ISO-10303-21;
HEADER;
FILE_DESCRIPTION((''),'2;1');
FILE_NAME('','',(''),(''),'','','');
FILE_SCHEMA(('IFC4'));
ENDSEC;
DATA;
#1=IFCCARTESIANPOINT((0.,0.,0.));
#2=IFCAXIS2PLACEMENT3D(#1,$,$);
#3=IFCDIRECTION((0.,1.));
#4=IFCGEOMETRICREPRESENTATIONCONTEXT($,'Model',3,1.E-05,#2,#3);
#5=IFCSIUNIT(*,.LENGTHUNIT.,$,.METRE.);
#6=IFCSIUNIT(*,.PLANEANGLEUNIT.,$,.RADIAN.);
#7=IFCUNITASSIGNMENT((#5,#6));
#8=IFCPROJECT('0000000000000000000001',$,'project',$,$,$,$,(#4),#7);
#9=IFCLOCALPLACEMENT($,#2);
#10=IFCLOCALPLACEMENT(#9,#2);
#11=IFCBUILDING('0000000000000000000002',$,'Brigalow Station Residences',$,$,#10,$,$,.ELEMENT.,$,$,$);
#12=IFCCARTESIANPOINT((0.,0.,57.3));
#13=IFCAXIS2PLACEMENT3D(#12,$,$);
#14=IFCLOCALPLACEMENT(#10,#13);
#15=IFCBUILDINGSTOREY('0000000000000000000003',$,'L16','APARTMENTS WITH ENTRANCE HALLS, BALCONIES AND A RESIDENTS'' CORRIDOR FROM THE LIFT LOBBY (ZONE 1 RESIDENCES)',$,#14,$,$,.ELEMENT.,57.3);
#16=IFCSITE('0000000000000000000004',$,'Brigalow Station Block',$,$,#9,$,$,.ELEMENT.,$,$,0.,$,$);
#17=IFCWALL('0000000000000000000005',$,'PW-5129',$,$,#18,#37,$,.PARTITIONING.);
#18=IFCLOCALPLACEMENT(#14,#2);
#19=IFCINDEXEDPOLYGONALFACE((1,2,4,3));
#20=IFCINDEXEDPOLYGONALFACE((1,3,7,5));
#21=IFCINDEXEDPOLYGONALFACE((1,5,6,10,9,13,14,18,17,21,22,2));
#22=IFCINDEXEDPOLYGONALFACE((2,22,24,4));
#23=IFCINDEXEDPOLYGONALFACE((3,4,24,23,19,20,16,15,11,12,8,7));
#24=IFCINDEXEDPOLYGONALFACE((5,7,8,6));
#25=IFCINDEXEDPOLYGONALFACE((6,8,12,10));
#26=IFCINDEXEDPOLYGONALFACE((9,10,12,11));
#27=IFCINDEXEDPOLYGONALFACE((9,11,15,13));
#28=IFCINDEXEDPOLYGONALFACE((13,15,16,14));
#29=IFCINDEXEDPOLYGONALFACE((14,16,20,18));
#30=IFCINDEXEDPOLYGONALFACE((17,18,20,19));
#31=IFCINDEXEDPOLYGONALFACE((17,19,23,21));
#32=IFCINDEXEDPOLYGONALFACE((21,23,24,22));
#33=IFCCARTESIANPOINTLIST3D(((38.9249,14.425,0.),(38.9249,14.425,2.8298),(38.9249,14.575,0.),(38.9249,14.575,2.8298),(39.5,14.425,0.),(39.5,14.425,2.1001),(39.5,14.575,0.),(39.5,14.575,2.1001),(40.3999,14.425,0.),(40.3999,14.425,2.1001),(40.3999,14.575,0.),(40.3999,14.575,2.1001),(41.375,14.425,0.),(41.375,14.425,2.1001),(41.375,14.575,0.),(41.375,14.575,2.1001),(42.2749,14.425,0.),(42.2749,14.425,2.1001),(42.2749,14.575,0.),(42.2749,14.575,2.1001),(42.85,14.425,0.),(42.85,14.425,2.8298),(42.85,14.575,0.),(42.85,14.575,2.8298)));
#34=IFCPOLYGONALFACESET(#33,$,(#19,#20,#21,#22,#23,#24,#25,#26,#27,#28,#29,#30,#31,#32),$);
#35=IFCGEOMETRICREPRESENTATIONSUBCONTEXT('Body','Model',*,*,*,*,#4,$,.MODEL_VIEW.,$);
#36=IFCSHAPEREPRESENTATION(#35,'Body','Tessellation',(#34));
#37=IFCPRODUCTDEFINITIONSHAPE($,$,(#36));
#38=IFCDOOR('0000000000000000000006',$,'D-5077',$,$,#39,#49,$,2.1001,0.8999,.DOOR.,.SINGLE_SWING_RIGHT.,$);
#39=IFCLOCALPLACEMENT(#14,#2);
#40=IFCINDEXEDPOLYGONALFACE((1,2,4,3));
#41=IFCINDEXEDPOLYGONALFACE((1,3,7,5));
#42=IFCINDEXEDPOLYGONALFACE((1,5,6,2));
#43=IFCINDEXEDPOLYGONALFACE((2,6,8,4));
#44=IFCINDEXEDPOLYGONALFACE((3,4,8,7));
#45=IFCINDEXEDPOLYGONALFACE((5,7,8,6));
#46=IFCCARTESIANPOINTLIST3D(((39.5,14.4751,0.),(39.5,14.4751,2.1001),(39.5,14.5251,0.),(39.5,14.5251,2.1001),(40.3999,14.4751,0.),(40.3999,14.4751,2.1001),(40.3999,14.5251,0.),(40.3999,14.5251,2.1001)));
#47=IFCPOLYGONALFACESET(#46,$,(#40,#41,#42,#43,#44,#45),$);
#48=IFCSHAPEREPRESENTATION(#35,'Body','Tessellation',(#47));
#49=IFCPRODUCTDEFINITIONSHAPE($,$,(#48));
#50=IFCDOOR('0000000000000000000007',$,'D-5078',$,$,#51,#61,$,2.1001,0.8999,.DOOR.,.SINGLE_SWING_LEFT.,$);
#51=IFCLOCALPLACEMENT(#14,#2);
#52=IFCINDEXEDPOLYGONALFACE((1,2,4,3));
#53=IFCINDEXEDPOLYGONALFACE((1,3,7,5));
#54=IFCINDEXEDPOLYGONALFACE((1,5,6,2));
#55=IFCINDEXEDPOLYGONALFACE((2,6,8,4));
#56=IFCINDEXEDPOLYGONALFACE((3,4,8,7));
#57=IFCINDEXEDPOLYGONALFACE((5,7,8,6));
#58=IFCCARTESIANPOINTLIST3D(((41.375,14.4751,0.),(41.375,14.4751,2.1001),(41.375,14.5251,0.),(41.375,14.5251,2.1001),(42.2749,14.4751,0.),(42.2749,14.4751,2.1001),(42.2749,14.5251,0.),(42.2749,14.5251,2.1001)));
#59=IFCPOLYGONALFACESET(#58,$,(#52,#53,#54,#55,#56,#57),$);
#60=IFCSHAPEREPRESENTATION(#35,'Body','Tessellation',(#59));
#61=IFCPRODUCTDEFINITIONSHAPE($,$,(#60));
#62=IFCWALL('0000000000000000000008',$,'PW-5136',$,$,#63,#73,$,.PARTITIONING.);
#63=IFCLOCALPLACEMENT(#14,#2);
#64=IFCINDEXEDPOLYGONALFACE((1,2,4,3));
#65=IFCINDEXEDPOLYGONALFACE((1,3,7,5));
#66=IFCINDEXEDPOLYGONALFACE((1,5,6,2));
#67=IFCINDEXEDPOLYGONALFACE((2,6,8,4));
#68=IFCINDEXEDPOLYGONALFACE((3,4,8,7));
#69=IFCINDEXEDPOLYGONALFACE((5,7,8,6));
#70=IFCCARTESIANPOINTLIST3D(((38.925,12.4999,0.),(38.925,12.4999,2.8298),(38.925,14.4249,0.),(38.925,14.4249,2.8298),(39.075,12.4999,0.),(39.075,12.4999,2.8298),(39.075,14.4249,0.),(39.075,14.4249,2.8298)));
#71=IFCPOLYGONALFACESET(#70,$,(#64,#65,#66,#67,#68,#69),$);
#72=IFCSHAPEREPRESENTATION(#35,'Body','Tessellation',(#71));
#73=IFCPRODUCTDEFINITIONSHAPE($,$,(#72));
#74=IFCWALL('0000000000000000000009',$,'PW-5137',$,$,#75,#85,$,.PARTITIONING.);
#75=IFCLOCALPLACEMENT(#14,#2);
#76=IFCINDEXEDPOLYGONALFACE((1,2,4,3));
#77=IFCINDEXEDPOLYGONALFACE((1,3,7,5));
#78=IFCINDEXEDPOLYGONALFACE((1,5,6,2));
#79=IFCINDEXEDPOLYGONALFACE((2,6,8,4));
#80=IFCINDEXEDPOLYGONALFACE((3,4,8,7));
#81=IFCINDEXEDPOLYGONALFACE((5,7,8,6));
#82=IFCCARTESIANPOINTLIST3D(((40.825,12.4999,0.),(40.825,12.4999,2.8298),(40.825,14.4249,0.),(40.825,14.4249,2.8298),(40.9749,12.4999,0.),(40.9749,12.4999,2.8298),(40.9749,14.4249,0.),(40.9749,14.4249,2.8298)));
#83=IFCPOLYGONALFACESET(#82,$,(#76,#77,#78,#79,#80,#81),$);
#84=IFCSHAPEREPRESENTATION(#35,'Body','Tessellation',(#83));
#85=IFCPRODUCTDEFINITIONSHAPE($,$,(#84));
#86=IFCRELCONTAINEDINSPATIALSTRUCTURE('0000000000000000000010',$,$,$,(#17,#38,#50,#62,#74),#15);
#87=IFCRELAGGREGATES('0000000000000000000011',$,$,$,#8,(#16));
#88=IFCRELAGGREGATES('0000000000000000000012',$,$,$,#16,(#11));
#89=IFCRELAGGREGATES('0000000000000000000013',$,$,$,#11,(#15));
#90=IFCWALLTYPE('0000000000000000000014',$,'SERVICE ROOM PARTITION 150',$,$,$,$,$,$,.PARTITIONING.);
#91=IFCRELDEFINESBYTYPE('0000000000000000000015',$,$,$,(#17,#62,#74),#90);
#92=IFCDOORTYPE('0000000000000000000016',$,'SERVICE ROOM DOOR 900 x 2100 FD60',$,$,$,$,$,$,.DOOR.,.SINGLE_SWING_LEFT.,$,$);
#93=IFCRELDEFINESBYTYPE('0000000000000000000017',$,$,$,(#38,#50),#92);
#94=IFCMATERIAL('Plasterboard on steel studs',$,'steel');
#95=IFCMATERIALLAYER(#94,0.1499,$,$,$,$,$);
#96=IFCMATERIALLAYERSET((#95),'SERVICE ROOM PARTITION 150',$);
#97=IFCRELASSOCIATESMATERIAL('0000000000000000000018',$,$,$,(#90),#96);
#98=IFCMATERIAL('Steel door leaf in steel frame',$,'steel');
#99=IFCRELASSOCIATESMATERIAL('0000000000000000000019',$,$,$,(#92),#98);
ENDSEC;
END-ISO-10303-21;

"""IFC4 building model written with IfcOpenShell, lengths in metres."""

from ifc_helpers import new_model, si_unit, direction, frame, frame_2d, origin, place, context, subcontext, project, spatial, rectangle, extrude, material, layer, layer_set, type_object, element, fill, save


model = new_model("IFC4")

# Units and contexts
model_context = context("Model", 3, precision=1e-05, world=origin(), true_north=direction((0.0, 1.0)))
body_context = subcontext(model_context, "Body", "Model", "MODEL_VIEW")
ifc_project = project(units=[si_unit("LENGTHUNIT", "METRE"), si_unit("PLANEANGLEUNIT", "RADIAN")], contexts=[model_context])

# Site, building, storey
site_placement = place(None, origin())
site = spatial("IfcSite", under=ifc_project, at=site_placement, Name="Brigalow Station Block", CompositionType="ELEMENT", RefElevation=0.0)
building_placement = place(site_placement, origin())
building = spatial("IfcBuilding", under=site, at=building_placement, Name="Brigalow Station Residences", CompositionType="ELEMENT")
storey_placement = place(building_placement, frame((0.0, 0.0, 57.3)))
storey = spatial("IfcBuildingStorey", under=building, at=storey_placement, Name="L16", Description="APARTMENTS WITH ENTRANCE HALLS, BALCONIES AND A RESIDENTS' CORRIDOR FROM THE LIFT LOBBY (ZONE 1 RESIDENCES)", CompositionType="ELEMENT", Elevation=57.3)

# Wall, openings, doors
ifc_material_1 = material(Name="Plasterboard on steel studs", Category="steel")
ifc_layer_1 = layer(ifc_material_1, 0.1499)
ifc_layer_set_1 = layer_set([ifc_layer_1], Name="SERVICE ROOM PARTITION 150")
wall_type_1 = type_object("IfcWallType", Name="SERVICE ROOM PARTITION 150", PredefinedType="PARTITIONING", material=ifc_layer_set_1)
wall_1_placement = place(storey_placement, frame((38.925, 14.5, 0.0), z_axis=(0.0, 0.0, 1.0), x_axis=(1.0, 0.0, 0.0)))
wall_1 = element("IfcWall", 1, at=wall_1_placement, inside=storey, type_object=wall_type_1, Name="PW-5129", PredefinedType="PARTITIONING", context=body_context, shape_type="SweptSolid", body=[
    extrude(rectangle(XDim=3.925, YDim=0.1499, at=frame_2d((1.9624, 0.0))), origin(), (0.0, 0.0, 1.0), 2.8298),
])
opening_1_placement = place(wall_1_placement, frame((0.575, 0.0, 0.0)))
opening_1 = element("IfcOpeningElement", 2, at=opening_1_placement, cuts=wall_1, PredefinedType="OPENING", context=body_context, shape_type="SweptSolid", body=[
    extrude(rectangle(XDim=0.8999, YDim=2.1001, at=frame_2d((0.45, 1.05))), frame((0.0, 0.085, 0.0), z_axis=(0.0, -1.0, 0.0), x_axis=(1.0, 0.0, 0.0)), (0.0, 0.0, 1.0), 0.1699),
])
opening_2_placement = place(wall_1_placement, frame((2.45, 0.0, 0.0)))
opening_2 = element("IfcOpeningElement", 3, at=opening_2_placement, cuts=wall_1, PredefinedType="OPENING", context=body_context, shape_type="SweptSolid", body=[
    extrude(rectangle(XDim=0.8999, YDim=2.1001, at=frame_2d((0.45, 1.05))), frame((0.0, 0.085, 0.0), z_axis=(0.0, -1.0, 0.0), x_axis=(1.0, 0.0, 0.0)), (0.0, 0.0, 1.0), 0.1699),
])
ifc_material_2 = material(Name="Steel door leaf in steel frame", Category="steel")
door_type_1 = type_object("IfcDoorType", Name="SERVICE ROOM DOOR 900 x 2100 FD60", OperationType="SINGLE_SWING_LEFT", PredefinedType="DOOR", material=ifc_material_2)
door_1_placement = place(opening_1_placement, frame((0.8999, 0.0, 0.0), z_axis=(0.0, 0.0, 1.0), x_axis=(-1.0, 0.0, 0.0)))
door_1 = element("IfcDoor", 4, at=door_1_placement, inside=storey, type_object=door_type_1, Name="D-5077", OperationType="SINGLE_SWING_RIGHT", OverallHeight=2.1001, OverallWidth=0.8999, PredefinedType="DOOR", context=body_context, shape_type="SweptSolid", body=[
    extrude(rectangle(XDim=0.8999, YDim=2.1001, at=frame_2d((0.45, 1.05))), frame((0.0, 0.0249, 0.0), z_axis=(0.0, -1.0, 0.0), x_axis=(1.0, 0.0, 0.0)), (0.0, 0.0, 1.0), 0.05),
])
fill(opening_1, door_1)
door_2_placement = place(opening_2_placement, frame((0.8999, 0.0, 0.0), z_axis=(0.0, 0.0, 1.0), x_axis=(-1.0, 0.0, 0.0)))
door_2 = element("IfcDoor", 5, at=door_2_placement, inside=storey, type_object=door_type_1, Name="D-5078", OperationType="SINGLE_SWING_LEFT", OverallHeight=2.1001, OverallWidth=0.8999, PredefinedType="DOOR", context=body_context, shape_type="SweptSolid", body=[
    extrude(rectangle(XDim=0.8999, YDim=2.1001, at=frame_2d((0.45, 1.05))), frame((0.0, 0.0249, 0.0), z_axis=(0.0, -1.0, 0.0), x_axis=(1.0, 0.0, 0.0)), (0.0, 0.0, 1.0), 0.05),
])
fill(opening_2, door_2)

# Walls
for number, where, z_axis, x_axis, name in (
    (6, (39.0, 12.5, 0.0), (0.0, 0.0, 1.0), (0.0, 1.0, 0.0), "PW-5136"),
    (7, (40.8999, 12.5, 0.0), (0.0, 0.0, 1.0), (0.0, 1.0, 0.0), "PW-5137"),
):
    element("IfcWall", number, at=place(storey_placement, frame(where, z_axis=z_axis, x_axis=x_axis)), inside=storey, type_object=wall_type_1, Name=name, PredefinedType="PARTITIONING", context=body_context, shape_type="SweptSolid", body=[
        extrude(rectangle(XDim=1.925, YDim=0.1499, at=frame_2d((0.9624, 0.0))), origin(), (0.0, 0.0, 1.0), 2.8298),
    ])

save(model, "model.ifc")
